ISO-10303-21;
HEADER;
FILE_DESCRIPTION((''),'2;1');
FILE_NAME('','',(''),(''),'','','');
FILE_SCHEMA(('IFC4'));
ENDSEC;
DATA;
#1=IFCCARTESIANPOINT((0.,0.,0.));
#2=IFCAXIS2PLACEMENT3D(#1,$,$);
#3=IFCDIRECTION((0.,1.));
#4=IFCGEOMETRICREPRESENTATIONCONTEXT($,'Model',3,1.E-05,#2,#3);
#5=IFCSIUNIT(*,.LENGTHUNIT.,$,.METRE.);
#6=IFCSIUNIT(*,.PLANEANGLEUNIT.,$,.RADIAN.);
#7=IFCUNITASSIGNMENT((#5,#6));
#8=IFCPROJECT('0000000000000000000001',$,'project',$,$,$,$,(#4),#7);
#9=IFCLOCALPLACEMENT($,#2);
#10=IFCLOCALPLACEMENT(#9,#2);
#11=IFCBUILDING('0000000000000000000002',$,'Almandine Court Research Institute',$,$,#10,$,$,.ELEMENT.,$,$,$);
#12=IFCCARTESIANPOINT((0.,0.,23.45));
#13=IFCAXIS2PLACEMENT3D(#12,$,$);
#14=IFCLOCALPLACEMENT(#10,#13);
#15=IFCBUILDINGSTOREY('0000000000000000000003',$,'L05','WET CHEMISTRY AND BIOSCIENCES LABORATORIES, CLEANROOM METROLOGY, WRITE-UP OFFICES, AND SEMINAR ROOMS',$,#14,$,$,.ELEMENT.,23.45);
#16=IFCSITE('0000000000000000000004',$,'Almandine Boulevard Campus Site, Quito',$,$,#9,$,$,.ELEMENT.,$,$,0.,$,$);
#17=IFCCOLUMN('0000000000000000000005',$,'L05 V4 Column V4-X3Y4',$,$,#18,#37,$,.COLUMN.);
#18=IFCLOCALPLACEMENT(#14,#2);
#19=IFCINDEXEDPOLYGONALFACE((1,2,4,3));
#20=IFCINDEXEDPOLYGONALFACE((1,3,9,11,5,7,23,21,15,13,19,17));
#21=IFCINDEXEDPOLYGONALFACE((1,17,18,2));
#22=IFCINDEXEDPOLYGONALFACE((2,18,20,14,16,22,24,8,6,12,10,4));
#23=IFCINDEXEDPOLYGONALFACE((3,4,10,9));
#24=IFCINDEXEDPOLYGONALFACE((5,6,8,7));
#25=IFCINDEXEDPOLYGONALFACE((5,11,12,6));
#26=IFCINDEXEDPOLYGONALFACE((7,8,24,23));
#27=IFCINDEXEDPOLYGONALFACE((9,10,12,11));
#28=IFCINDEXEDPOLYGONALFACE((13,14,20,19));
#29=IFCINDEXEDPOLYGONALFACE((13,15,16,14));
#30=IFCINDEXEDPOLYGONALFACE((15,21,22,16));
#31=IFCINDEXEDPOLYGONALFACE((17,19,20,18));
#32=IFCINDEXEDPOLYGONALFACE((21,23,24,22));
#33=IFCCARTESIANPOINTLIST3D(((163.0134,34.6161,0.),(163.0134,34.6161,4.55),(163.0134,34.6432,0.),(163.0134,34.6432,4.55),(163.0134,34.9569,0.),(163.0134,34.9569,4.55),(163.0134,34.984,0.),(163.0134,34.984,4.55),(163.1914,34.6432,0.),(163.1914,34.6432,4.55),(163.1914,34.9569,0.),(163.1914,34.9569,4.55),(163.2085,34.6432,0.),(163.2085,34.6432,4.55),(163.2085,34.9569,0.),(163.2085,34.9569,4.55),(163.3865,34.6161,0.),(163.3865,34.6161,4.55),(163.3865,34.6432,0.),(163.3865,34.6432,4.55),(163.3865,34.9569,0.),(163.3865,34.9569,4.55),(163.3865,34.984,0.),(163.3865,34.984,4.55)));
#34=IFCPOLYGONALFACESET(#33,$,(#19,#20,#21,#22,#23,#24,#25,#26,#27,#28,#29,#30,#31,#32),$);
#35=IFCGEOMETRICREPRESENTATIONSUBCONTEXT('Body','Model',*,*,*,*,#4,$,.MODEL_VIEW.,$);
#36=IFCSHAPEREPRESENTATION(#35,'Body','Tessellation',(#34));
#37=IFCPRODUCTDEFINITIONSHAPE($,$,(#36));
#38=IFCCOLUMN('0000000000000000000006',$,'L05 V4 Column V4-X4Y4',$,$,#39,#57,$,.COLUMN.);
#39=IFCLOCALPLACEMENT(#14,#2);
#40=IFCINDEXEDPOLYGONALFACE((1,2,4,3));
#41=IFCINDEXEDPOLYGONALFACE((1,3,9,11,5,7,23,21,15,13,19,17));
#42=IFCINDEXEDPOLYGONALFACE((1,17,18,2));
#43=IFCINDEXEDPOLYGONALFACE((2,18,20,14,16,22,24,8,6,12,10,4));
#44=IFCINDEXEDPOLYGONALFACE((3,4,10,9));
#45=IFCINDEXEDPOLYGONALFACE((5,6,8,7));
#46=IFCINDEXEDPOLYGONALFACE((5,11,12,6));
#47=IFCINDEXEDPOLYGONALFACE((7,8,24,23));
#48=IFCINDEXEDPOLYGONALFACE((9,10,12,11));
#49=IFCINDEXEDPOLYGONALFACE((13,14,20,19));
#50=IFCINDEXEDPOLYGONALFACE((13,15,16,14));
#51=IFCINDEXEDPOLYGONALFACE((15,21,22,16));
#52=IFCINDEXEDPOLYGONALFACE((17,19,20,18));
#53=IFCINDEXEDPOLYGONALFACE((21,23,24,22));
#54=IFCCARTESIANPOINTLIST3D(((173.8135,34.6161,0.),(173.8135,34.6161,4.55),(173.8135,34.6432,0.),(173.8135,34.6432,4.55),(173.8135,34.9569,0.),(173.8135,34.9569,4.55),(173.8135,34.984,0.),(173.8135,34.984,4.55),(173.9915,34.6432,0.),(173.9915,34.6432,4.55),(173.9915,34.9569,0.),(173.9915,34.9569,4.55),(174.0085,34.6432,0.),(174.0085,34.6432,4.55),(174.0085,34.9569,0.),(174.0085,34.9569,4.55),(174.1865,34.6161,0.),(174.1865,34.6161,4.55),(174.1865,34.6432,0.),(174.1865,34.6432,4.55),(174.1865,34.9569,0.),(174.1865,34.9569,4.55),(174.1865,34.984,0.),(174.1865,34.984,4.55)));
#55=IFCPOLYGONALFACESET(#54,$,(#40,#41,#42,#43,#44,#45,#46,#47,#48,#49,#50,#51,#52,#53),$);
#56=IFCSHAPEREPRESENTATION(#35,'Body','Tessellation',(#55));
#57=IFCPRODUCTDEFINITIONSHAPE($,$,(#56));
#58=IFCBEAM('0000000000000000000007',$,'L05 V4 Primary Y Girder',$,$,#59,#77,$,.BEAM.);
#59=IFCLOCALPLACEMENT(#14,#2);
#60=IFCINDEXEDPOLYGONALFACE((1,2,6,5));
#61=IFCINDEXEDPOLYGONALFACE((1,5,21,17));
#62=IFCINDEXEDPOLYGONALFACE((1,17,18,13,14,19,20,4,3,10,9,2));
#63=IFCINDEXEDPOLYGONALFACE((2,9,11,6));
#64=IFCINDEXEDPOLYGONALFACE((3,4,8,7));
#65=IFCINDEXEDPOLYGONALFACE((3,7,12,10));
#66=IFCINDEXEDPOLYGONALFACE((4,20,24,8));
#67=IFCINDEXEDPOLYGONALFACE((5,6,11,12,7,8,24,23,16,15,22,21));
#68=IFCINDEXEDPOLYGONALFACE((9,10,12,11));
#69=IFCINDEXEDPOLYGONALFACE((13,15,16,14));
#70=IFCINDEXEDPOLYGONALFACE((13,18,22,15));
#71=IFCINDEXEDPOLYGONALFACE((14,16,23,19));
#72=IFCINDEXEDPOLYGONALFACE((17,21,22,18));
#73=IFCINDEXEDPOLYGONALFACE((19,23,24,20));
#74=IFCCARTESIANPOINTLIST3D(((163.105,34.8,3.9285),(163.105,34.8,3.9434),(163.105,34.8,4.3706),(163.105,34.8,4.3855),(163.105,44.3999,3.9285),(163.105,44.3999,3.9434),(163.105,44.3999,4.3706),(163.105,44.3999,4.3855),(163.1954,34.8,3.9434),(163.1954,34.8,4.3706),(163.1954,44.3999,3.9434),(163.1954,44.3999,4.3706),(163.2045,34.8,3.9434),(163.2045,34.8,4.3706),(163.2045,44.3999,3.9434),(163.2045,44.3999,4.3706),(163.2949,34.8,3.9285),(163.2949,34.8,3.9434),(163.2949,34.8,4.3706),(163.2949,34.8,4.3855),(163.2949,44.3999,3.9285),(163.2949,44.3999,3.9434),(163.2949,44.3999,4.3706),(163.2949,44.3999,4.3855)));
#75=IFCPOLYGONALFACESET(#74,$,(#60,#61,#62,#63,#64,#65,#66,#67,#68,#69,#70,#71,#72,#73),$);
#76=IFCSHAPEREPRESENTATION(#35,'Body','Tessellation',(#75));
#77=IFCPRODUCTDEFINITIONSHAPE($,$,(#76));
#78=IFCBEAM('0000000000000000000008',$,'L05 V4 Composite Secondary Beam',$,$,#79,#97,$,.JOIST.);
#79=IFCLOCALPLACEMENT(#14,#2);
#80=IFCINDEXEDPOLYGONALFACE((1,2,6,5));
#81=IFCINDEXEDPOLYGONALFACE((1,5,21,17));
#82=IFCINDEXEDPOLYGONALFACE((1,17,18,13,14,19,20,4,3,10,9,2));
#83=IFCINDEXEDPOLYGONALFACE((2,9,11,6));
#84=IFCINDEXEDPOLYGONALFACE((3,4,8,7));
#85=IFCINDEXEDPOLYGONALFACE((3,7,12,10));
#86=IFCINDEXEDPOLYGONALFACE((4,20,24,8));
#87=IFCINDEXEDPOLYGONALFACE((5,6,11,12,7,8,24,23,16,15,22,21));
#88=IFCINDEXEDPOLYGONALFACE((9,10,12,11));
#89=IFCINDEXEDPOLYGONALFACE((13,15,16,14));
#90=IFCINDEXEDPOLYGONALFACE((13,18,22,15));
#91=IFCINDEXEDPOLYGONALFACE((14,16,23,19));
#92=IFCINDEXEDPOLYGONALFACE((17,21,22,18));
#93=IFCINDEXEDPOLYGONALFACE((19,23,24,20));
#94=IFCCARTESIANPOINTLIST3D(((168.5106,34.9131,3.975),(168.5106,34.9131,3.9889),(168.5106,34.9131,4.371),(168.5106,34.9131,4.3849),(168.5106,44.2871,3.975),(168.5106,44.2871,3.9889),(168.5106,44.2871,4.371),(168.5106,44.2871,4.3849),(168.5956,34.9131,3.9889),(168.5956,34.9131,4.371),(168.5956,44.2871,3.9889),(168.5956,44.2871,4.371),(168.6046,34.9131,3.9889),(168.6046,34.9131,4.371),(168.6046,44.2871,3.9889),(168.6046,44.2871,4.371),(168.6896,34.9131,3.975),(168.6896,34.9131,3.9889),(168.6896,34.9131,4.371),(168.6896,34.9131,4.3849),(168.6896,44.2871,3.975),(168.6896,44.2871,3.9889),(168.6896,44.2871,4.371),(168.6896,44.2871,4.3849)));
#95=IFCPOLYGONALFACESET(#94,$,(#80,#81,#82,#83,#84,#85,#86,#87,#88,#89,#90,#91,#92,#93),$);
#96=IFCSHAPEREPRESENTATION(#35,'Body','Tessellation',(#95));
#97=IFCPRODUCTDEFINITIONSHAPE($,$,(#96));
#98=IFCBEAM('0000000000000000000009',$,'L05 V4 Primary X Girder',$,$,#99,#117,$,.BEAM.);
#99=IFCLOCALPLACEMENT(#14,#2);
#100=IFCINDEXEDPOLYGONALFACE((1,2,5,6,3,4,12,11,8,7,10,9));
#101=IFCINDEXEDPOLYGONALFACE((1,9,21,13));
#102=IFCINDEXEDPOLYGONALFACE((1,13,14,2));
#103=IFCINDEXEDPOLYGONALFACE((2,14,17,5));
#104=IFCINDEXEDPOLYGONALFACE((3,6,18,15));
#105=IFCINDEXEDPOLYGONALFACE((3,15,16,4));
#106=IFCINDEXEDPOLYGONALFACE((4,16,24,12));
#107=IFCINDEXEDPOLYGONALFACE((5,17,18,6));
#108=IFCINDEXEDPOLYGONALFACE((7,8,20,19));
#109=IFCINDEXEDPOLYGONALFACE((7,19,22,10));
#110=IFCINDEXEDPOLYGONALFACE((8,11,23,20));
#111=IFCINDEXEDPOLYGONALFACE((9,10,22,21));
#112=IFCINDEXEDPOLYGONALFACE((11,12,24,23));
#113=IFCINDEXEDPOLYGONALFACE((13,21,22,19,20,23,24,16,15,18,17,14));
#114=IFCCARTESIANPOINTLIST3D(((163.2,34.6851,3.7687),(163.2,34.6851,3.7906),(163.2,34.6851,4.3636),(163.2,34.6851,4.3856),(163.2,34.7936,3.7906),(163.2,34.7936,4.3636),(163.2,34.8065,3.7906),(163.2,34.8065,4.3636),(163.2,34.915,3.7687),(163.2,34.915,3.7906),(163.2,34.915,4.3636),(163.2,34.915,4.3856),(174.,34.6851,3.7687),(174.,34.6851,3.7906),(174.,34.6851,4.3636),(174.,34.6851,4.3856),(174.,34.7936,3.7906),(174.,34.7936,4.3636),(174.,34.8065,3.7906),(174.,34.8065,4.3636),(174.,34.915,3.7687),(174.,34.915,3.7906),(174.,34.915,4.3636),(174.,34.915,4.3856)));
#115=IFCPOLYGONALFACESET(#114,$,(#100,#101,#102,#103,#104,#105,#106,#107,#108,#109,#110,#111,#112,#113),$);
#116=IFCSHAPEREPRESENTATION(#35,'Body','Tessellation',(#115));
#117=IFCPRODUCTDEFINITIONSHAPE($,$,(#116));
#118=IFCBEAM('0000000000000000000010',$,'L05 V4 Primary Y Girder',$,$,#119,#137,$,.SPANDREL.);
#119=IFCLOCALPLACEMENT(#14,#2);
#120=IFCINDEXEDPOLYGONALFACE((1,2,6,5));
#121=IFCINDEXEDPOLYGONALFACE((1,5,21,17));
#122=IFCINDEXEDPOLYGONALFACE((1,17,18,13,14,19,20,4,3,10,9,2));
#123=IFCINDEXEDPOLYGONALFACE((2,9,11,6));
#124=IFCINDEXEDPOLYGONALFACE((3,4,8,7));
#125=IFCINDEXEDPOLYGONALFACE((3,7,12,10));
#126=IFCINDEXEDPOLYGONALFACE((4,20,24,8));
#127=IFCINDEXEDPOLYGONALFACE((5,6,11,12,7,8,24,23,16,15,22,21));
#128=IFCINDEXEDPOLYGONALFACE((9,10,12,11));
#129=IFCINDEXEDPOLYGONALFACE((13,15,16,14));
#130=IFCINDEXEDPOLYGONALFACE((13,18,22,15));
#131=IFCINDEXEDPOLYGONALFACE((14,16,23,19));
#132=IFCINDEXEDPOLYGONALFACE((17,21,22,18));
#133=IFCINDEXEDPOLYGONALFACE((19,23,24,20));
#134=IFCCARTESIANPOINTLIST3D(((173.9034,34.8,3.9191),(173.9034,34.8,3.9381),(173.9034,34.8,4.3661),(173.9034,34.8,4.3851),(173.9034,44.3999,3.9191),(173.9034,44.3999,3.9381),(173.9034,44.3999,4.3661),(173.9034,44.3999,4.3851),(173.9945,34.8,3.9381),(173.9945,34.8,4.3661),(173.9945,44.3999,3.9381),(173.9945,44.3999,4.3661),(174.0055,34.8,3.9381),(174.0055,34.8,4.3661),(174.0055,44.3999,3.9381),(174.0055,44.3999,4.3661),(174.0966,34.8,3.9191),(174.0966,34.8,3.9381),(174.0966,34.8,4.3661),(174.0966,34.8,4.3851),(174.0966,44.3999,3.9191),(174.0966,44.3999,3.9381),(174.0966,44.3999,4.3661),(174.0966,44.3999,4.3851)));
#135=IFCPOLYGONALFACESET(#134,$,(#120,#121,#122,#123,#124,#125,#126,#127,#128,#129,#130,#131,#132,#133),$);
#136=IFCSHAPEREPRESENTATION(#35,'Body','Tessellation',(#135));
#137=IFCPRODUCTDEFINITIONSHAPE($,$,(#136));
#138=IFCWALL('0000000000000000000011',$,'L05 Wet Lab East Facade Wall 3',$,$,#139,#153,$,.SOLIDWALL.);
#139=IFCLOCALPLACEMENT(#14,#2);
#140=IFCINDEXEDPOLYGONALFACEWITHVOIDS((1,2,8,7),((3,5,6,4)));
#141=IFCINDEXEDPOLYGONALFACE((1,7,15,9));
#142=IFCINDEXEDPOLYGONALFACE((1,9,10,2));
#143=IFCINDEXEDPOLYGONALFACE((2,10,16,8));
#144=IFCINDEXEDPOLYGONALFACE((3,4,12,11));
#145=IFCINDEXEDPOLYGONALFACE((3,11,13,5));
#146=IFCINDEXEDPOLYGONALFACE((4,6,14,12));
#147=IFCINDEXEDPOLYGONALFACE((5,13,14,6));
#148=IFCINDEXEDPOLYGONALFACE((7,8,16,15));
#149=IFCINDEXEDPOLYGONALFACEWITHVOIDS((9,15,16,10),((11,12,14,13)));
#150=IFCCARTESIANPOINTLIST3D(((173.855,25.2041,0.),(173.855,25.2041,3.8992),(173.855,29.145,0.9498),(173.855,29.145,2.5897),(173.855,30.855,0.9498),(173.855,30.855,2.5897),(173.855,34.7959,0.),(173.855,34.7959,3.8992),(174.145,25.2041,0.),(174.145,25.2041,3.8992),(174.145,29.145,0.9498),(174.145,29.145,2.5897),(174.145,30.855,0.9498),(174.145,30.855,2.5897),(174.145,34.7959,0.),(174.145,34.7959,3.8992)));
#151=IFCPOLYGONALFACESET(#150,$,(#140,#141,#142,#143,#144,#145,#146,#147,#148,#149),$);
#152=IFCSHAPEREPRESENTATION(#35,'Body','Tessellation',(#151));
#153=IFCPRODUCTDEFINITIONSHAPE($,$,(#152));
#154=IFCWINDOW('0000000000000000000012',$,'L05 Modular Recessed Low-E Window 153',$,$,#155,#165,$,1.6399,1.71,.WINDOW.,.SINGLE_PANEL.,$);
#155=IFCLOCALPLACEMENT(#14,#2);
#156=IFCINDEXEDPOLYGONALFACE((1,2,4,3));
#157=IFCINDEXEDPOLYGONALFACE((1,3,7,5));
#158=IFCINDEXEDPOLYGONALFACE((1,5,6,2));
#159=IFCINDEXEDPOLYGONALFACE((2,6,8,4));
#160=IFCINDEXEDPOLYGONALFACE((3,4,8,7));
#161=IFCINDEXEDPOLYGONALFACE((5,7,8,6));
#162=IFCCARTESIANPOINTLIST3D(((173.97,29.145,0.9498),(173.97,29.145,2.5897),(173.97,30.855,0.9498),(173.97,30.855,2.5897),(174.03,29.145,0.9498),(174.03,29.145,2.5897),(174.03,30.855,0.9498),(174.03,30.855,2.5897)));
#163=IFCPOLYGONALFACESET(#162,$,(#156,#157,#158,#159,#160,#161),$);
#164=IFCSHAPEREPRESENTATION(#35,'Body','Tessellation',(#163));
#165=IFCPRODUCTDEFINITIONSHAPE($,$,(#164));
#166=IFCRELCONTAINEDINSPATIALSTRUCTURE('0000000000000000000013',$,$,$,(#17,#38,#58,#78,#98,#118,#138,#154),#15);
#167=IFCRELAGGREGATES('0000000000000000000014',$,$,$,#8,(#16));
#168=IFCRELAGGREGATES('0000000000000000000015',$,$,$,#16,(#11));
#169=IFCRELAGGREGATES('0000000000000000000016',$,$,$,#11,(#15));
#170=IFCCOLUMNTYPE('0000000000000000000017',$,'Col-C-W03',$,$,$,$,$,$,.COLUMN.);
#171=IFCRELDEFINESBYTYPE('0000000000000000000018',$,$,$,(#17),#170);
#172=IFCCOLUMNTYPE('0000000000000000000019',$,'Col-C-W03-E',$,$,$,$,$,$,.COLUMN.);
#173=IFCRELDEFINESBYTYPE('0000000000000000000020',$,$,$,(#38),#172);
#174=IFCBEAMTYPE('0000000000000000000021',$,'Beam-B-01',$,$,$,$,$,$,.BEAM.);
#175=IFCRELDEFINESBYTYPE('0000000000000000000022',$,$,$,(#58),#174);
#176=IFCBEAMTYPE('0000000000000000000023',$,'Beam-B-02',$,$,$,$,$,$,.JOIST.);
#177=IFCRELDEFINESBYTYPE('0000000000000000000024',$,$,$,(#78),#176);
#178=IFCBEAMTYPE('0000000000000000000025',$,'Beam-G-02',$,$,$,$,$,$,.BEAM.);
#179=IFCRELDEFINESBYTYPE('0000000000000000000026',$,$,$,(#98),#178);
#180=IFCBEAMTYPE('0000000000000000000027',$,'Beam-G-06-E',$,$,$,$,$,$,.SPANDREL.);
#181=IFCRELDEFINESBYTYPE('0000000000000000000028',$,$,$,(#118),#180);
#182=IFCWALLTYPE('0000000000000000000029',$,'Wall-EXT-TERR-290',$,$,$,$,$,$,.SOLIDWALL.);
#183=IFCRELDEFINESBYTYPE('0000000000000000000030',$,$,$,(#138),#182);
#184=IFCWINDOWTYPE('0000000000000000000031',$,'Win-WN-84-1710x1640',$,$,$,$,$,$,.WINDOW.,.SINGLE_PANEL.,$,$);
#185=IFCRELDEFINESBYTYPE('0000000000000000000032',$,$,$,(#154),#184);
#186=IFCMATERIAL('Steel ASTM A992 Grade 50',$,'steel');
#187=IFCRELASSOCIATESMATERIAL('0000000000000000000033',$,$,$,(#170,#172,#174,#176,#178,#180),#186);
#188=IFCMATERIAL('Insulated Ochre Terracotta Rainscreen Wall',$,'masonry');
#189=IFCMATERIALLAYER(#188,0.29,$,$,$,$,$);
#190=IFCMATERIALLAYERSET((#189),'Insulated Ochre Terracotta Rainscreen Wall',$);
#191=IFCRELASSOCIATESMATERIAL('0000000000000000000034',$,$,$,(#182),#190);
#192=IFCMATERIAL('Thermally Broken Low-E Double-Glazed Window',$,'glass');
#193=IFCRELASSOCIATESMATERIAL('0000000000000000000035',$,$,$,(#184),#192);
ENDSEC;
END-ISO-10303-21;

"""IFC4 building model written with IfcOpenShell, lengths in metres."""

from ifc_helpers import new_model, si_unit, direction, frame, frame_2d, origin, origin_2d, place, context, subcontext, project, spatial, rectangle, i_section, extrude, material, layer, layer_set, material_profile, profile_set, type_object, element, fill, save


model = new_model("IFC4")

# Units and contexts
model_context = context("Model", 3, precision=1e-05, world=origin(), true_north=direction((0.0, 1.0)))
body_context = subcontext(model_context, "Body", "Model", "MODEL_VIEW")
ifc_project = project(units=[si_unit("LENGTHUNIT", "METRE"), si_unit("PLANEANGLEUNIT", "RADIAN")], contexts=[model_context])

# Site, building, storey
site_placement = place(None, origin())
site = spatial("IfcSite", under=ifc_project, at=site_placement, Name="Almandine Boulevard Campus Site, Quito", CompositionType="ELEMENT", RefElevation=0.0)
building_placement = place(site_placement, origin())
building = spatial("IfcBuilding", under=site, at=building_placement, Name="Almandine Court Research Institute", CompositionType="ELEMENT")
storey_placement = place(building_placement, frame((0.0, 0.0, 23.45)))
storey = spatial("IfcBuildingStorey", under=building, at=storey_placement, Name="L05", Description="WET CHEMISTRY AND BIOSCIENCES LABORATORIES, CLEANROOM METROLOGY, WRITE-UP OFFICES, AND SEMINAR ROOMS", CompositionType="ELEMENT", Elevation=23.45)

# Columns
ifc_material_1 = material(Name="Steel ASTM A992 Grade 50", Category="steel")
ifc_material_profile_1 = material_profile(ifc_material_1, i_section(OverallWidth=0.373, OverallDepth=0.3679, WebThickness=0.0171, FlangeThickness=0.0271, at=origin_2d()), Name="W360x179")
ifc_profile_set_1 = profile_set([ifc_material_profile_1], Name="Steel ASTM A992 Grade 50")
column_type_1 = type_object("IfcColumnType", Name="Col-C-W03", PredefinedType="COLUMN", material=ifc_profile_set_1)
column_1_placement = place(storey_placement, frame((163.2, 34.8, 0.0), z_axis=(0.0, 0.0, 1.0), x_axis=(1.0, 0.0, 0.0)))
element("IfcColumn", 1, at=column_1_placement, inside=storey, type_object=column_type_1, Name="L05 V4 Column V4-X3Y4", PredefinedType="COLUMN", context=body_context, shape_type="SweptSolid", body=[
    extrude(i_section(OverallWidth=0.373, OverallDepth=0.3679, WebThickness=0.0171, FlangeThickness=0.0271, at=origin_2d()), origin(), (0.0, 0.0, 1.0), 4.55),
])
ifc_material_profile_2 = material_profile(ifc_material_1, i_section(OverallWidth=0.373, OverallDepth=0.3679, WebThickness=0.0171, FlangeThickness=0.0271, at=origin_2d()), Name="W360x179")
ifc_profile_set_2 = profile_set([ifc_material_profile_2], Name="Steel ASTM A992 Grade 50")
column_type_2 = type_object("IfcColumnType", Name="Col-C-W03-E", PredefinedType="COLUMN", material=ifc_profile_set_2)
column_2_placement = place(storey_placement, frame((174.0, 34.8, 0.0), z_axis=(0.0, 0.0, 1.0), x_axis=(1.0, 0.0, 0.0)))
element("IfcColumn", 2, at=column_2_placement, inside=storey, type_object=column_type_2, Name="L05 V4 Column V4-X4Y4", PredefinedType="COLUMN", context=body_context, shape_type="SweptSolid", body=[
    extrude(i_section(OverallWidth=0.373, OverallDepth=0.3679, WebThickness=0.0171, FlangeThickness=0.0271, at=origin_2d()), origin(), (0.0, 0.0, 1.0), 4.55),
])

# Beams
ifc_material_profile_3 = material_profile(ifc_material_1, i_section(OverallWidth=0.1899, OverallDepth=0.457, WebThickness=0.009, FlangeThickness=0.0149, at=origin_2d()), Name="W460x74")
ifc_profile_set_3 = profile_set([ifc_material_profile_3], Name="Steel ASTM A992 Grade 50")
beam_type_1 = type_object("IfcBeamType", Name="Beam-B-01", PredefinedType="BEAM", material=ifc_profile_set_3)
beam_1_placement = place(storey_placement, frame((163.2, 34.8, 4.157), z_axis=(0.0, 1.0, 0.0), x_axis=(-1.0, 0.0, 0.0)))
element("IfcBeam", 3, at=beam_1_placement, inside=storey, type_object=beam_type_1, Name="L05 V4 Primary Y Girder", PredefinedType="BEAM", context=body_context, shape_type="SweptSolid", body=[
    extrude(i_section(OverallWidth=0.1899, OverallDepth=0.457, WebThickness=0.009, FlangeThickness=0.0149, at=origin_2d()), origin(), (0.0, 0.0, 1.0), 9.5999),
])
ifc_material_profile_4 = material_profile(ifc_material_1, i_section(OverallWidth=0.179, OverallDepth=0.4099, WebThickness=0.009, FlangeThickness=0.0139, at=origin_2d()), Name="W410x67")
ifc_profile_set_4 = profile_set([ifc_material_profile_4], Name="Steel ASTM A992 Grade 50")
beam_type_2 = type_object("IfcBeamType", Name="Beam-B-02", PredefinedType="JOIST", material=ifc_profile_set_4)
beam_2_placement = place(storey_placement, frame((168.6001, 34.9131, 4.1799), z_axis=(0.0, 1.0, 0.0), x_axis=(-1.0, 0.0, 0.0)))
element("IfcBeam", 4, at=beam_2_placement, inside=storey, type_object=beam_type_2, Name="L05 V4 Composite Secondary Beam", PredefinedType="JOIST", context=body_context, shape_type="SweptSolid", body=[
    extrude(i_section(OverallWidth=0.179, OverallDepth=0.4099, WebThickness=0.009, FlangeThickness=0.0139, at=origin_2d()), origin(), (0.0, 0.0, 1.0), 9.374),
])
ifc_material_profile_5 = material_profile(ifc_material_1, i_section(OverallWidth=0.23, OverallDepth=0.6169, WebThickness=0.0129, FlangeThickness=0.022, at=origin_2d()), Name="W610x140")
ifc_profile_set_5 = profile_set([ifc_material_profile_5], Name="Steel ASTM A992 Grade 50")
beam_type_3 = type_object("IfcBeamType", Name="Beam-G-02", PredefinedType="BEAM", material=ifc_profile_set_5)
beam_3_placement = place(storey_placement, frame((163.2, 34.8, 4.0771), z_axis=(1.0, 0.0, 0.0), x_axis=(0.0, 1.0, 0.0)))
element("IfcBeam", 5, at=beam_3_placement, inside=storey, type_object=beam_type_3, Name="L05 V4 Primary X Girder", PredefinedType="BEAM", context=body_context, shape_type="SweptSolid", body=[
    extrude(i_section(OverallWidth=0.23, OverallDepth=0.6169, WebThickness=0.0129, FlangeThickness=0.022, at=origin_2d()), origin(), (0.0, 0.0, 1.0), 10.8),
])
ifc_material_profile_6 = material_profile(ifc_material_1, i_section(OverallWidth=0.1931, OverallDepth=0.4661, WebThickness=0.011, FlangeThickness=0.019, at=origin_2d()), Name="W460x97")
ifc_profile_set_6 = profile_set([ifc_material_profile_6], Name="Steel ASTM A992 Grade 50")
beam_type_4 = type_object("IfcBeamType", Name="Beam-G-06-E", PredefinedType="SPANDREL", material=ifc_profile_set_6)
beam_4_placement = place(storey_placement, frame((174.0, 34.8, 4.1521), z_axis=(0.0, 1.0, 0.0), x_axis=(-1.0, 0.0, 0.0)))
element("IfcBeam", 6, at=beam_4_placement, inside=storey, type_object=beam_type_4, Name="L05 V4 Primary Y Girder", PredefinedType="SPANDREL", context=body_context, shape_type="SweptSolid", body=[
    extrude(i_section(OverallWidth=0.1931, OverallDepth=0.4661, WebThickness=0.011, FlangeThickness=0.019, at=origin_2d()), origin(), (0.0, 0.0, 1.0), 9.5999),
])

# Wall, opening, window
ifc_material_2 = material(Name="Insulated Ochre Terracotta Rainscreen Wall", Category="masonry")
ifc_layer_1 = layer(ifc_material_2, 0.29)
ifc_layer_set_1 = layer_set([ifc_layer_1], Name="Insulated Ochre Terracotta Rainscreen Wall")
wall_type_1 = type_object("IfcWallType", Name="Wall-EXT-TERR-290", PredefinedType="SOLIDWALL", material=ifc_layer_set_1)
wall_1_placement = place(storey_placement, frame((174.0, 34.7959, 0.0), z_axis=(0.0, 0.0, 1.0), x_axis=(0.0, -1.0, 0.0)))
wall_1 = element("IfcWall", 7, at=wall_1_placement, inside=storey, type_object=wall_type_1, Name="L05 Wet Lab East Facade Wall 3", PredefinedType="SOLIDWALL", context=body_context, shape_type="SweptSolid", body=[
    extrude(rectangle(XDim=9.5918, YDim=0.29, at=frame_2d((4.7959, 0.0))), origin(), (0.0, 0.0, 1.0), 3.8992),
])
opening_placement = place(wall_1_placement, frame((3.9409, 0.0, 0.95)))
opening = element("IfcOpeningElement", 8, at=opening_placement, cuts=wall_1, PredefinedType="OPENING", context=body_context, shape_type="SweptSolid", body=[
    extrude(rectangle(XDim=1.71, YDim=1.6399, at=frame_2d((0.855, 0.8198))), frame((0.0, 0.155, 0.0), z_axis=(0.0, -1.0, 0.0), x_axis=(1.0, 0.0, 0.0)), (0.0, 0.0, 1.0), 0.3101),
])
ifc_material_3 = material(Name="Thermally Broken Low-E Double-Glazed Window", Category="glass")
window_type = type_object("IfcWindowType", Name="Win-WN-84-1710x1640", PartitioningType="SINGLE_PANEL", PredefinedType="WINDOW", material=ifc_material_3)
window_placement = place(opening_placement, origin())
window = element("IfcWindow", 9, at=window_placement, inside=storey, type_object=window_type, Name="L05 Modular Recessed Low-E Window 153", OverallHeight=1.6399, OverallWidth=1.71, PartitioningType="SINGLE_PANEL", PredefinedType="WINDOW", context=body_context, shape_type="SweptSolid", body=[
    extrude(rectangle(XDim=1.71, YDim=1.6399, at=frame_2d((0.855, 0.8198))), frame((0.0, 0.03, 0.0), z_axis=(0.0, -1.0, 0.0), x_axis=(1.0, 0.0, 0.0)), (0.0, 0.0, 1.0), 0.0601),
])
fill(opening, window)

save(model, "model.ifc")
